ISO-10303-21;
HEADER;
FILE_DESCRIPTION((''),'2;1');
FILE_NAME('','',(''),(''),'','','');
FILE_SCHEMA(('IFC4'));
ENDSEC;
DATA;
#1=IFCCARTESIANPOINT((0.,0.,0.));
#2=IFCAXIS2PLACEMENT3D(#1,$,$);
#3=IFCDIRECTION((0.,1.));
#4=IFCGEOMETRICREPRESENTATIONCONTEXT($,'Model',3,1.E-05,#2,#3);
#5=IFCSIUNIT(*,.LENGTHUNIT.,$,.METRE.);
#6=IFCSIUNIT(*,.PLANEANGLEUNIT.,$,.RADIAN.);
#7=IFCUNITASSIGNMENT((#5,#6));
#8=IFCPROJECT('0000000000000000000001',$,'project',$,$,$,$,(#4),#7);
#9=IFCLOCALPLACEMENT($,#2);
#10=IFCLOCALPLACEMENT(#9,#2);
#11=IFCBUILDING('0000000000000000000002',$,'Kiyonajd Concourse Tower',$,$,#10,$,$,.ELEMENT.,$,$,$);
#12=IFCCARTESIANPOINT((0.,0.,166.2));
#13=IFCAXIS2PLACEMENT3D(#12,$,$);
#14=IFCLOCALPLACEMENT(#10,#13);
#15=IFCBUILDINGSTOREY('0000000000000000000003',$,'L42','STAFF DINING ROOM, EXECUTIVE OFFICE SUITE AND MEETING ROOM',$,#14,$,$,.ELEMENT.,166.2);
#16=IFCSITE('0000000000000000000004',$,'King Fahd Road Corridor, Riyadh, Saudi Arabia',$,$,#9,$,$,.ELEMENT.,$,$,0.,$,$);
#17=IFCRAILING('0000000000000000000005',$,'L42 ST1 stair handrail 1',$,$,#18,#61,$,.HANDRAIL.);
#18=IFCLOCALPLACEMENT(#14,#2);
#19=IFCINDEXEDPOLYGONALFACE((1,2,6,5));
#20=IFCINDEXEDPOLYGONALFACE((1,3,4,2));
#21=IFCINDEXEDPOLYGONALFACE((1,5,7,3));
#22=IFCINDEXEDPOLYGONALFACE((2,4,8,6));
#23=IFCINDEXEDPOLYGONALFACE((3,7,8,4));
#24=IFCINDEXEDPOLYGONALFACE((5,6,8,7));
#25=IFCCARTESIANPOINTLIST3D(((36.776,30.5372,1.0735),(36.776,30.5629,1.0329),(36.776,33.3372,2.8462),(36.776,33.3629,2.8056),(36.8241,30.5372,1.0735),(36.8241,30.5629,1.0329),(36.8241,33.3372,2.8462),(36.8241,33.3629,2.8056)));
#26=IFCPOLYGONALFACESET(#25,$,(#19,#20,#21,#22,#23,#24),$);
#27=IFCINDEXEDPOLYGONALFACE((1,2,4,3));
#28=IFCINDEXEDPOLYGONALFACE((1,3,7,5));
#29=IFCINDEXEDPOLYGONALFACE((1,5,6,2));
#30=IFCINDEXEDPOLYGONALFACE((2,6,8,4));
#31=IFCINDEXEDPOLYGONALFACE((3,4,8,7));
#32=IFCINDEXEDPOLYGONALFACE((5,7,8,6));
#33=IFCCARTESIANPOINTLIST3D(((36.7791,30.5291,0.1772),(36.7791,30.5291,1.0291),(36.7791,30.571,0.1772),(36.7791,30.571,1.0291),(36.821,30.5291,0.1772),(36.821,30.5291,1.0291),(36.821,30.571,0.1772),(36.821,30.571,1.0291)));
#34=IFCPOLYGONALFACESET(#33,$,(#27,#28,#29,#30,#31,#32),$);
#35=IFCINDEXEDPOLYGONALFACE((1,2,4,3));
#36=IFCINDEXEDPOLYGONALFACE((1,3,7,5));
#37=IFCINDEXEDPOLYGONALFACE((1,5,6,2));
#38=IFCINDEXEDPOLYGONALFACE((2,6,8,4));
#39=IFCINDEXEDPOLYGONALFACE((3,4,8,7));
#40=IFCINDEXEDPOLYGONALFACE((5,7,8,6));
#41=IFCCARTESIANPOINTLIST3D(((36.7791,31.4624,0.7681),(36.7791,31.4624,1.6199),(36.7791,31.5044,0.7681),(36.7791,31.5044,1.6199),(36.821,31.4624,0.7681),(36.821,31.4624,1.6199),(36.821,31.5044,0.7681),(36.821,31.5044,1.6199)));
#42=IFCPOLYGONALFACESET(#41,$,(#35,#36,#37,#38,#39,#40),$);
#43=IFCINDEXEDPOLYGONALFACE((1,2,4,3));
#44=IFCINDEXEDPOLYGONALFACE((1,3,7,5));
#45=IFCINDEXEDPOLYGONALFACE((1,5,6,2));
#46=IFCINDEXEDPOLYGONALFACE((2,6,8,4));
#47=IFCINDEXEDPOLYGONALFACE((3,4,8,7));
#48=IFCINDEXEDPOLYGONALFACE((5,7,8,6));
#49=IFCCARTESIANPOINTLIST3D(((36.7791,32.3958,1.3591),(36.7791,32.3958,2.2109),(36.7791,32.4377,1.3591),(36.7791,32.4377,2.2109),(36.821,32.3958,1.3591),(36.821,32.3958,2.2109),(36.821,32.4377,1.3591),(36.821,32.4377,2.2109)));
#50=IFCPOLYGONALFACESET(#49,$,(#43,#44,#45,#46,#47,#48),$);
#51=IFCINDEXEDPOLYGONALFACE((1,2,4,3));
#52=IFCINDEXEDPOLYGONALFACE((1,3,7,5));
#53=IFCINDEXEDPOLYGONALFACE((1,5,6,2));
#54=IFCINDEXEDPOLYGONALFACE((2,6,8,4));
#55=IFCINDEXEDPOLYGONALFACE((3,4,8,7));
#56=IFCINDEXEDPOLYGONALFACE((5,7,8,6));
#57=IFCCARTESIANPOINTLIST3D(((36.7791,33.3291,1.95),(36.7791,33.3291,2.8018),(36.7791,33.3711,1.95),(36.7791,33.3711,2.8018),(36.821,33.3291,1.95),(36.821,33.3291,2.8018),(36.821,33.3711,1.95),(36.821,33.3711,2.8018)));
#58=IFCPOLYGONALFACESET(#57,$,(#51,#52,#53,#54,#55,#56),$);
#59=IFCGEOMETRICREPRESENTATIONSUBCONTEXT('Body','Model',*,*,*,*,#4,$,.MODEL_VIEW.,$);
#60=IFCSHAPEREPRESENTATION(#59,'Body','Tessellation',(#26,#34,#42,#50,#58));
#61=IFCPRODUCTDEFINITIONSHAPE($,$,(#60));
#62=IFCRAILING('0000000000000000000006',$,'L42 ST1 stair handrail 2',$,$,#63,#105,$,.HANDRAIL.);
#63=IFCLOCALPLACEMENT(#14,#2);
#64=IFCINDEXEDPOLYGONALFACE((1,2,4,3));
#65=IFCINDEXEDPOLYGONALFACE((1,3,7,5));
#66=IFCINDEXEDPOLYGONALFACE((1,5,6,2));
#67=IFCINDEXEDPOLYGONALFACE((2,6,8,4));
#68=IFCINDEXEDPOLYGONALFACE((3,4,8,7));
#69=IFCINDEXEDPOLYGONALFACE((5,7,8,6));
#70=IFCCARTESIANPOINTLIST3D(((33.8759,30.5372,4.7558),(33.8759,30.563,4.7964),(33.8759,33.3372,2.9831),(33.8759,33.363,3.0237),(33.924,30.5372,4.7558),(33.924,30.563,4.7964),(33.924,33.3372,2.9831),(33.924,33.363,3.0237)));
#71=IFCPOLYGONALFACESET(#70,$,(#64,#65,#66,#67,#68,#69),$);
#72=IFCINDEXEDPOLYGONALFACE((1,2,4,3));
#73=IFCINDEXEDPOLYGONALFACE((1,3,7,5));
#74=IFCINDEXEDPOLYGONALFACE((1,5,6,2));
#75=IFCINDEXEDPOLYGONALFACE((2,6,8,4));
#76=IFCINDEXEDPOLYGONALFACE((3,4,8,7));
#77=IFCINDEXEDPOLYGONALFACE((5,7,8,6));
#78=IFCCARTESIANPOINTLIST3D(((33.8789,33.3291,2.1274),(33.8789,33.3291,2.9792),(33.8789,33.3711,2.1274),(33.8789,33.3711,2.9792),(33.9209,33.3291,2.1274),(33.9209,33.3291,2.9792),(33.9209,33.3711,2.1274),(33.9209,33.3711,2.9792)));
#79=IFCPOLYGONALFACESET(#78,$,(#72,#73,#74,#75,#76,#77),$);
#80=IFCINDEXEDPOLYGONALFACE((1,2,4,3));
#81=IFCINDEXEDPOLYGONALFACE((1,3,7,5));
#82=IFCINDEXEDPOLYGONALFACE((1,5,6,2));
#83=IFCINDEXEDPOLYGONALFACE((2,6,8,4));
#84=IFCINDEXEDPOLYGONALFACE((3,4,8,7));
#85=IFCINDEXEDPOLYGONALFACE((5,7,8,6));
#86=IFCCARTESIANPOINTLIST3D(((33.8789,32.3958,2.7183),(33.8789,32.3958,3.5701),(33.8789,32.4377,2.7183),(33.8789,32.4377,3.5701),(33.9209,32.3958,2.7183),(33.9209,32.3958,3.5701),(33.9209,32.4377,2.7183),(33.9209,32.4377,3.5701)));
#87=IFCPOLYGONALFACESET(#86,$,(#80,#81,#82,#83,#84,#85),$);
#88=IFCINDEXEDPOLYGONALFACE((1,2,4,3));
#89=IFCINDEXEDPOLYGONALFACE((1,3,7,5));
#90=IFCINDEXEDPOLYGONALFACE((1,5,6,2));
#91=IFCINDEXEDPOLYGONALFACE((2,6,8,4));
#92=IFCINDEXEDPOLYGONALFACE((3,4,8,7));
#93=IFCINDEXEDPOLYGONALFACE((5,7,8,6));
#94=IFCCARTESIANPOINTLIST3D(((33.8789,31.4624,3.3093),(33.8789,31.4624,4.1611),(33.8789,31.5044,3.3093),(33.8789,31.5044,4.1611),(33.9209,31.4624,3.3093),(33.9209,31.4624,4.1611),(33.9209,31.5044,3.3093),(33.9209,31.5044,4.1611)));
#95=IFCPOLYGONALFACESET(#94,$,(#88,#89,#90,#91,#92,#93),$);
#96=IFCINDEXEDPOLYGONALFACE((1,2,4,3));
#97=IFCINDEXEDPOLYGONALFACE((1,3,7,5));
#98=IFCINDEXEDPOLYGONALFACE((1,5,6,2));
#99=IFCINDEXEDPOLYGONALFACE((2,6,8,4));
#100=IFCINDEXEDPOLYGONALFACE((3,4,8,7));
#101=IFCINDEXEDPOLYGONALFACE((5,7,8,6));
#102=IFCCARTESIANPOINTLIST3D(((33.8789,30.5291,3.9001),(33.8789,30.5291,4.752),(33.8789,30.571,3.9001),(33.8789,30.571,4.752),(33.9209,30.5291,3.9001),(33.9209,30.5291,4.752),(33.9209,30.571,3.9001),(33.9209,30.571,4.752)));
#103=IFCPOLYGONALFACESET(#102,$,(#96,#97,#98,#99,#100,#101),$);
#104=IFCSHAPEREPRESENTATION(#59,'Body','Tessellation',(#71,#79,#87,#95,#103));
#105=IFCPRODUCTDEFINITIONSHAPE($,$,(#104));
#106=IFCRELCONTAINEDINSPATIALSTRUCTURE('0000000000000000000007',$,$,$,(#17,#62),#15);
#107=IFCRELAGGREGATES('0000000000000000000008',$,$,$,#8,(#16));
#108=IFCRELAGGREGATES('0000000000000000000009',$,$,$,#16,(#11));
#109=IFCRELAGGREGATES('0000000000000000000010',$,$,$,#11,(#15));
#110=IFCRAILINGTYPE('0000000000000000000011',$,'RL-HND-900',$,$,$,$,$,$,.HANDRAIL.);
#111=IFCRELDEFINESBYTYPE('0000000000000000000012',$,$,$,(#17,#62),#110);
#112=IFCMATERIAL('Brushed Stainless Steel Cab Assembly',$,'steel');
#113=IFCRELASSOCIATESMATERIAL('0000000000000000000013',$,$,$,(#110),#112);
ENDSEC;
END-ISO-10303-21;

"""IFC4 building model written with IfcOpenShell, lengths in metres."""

from ifc_helpers import new_model, si_unit, direction, frame, origin, origin_2d, place, context, subcontext, project, spatial, rectangle, extrude, material, type_object, element, save


model = new_model("IFC4")

# Units and contexts
model_context = context("Model", 3, precision=1e-05, world=origin(), true_north=direction((0.0, 1.0)))
body_context = subcontext(model_context, "Body", "Model", "MODEL_VIEW")
ifc_project = project(units=[si_unit("LENGTHUNIT", "METRE"), si_unit("PLANEANGLEUNIT", "RADIAN")], contexts=[model_context])

# Site, building, storey
site_placement = place(None, origin())
site = spatial("IfcSite", under=ifc_project, at=site_placement, Name="King Fahd Road Corridor, Riyadh, Saudi Arabia", CompositionType="ELEMENT", RefElevation=0.0)
building_placement = place(site_placement, origin())
building = spatial("IfcBuilding", under=site, at=building_placement, Name="Kiyonajd Concourse Tower", CompositionType="ELEMENT")
storey_placement = place(building_placement, frame((0.0, 0.0, 166.2)))
storey = spatial("IfcBuildingStorey", under=building, at=storey_placement, Name="L42", Description="STAFF DINING ROOM, EXECUTIVE OFFICE SUITE AND MEETING ROOM", CompositionType="ELEMENT", Elevation=166.2)

# Shared definitions
ifc_material_1 = material(Name="Brushed Stainless Steel Cab Assembly", Category="steel")

# Railings
railing_type_1 = type_object("IfcRailingType", Name="RL-HND-900", PredefinedType="HANDRAIL", material=ifc_material_1)
railing_1_placement = place(storey_placement, frame((36.8, 30.55, 0.1772)))
element("IfcRailing", 1, at=railing_1_placement, inside=storey, type_object=railing_type_1, Name="L42 ST1 stair handrail 1", PredefinedType="HANDRAIL", context=body_context, shape_type="SweptSolid", body=[
    extrude(rectangle(XDim=0.0481, YDim=0.0481, at=origin_2d()), frame((0.0, 0.0, 0.876), z_axis=(0.0, 0.844909, 0.53491), x_axis=(-1.0, 0.0, 0.0)), (0.0, 0.0, 1.0), 3.314),
    extrude(rectangle(XDim=0.042, YDim=0.042, at=origin_2d()), origin(), (0.0, 0.0, 1.0), 0.8518),
    extrude(rectangle(XDim=0.042, YDim=0.042, at=origin_2d()), frame((0.0, 0.9333, 0.5908)), (0.0, 0.0, 1.0), 0.8518),
    extrude(rectangle(XDim=0.042, YDim=0.042, at=origin_2d()), frame((0.0, 1.8667, 1.1819)), (0.0, 0.0, 1.0), 0.8518),
    extrude(rectangle(XDim=0.042, YDim=0.042, at=origin_2d()), frame((0.0, 2.8, 1.7727)), (0.0, 0.0, 1.0), 0.8518),
])
railing_2_placement = place(storey_placement, frame((33.8999, 33.3501, 2.1274)))
element("IfcRailing", 2, at=railing_2_placement, inside=storey, type_object=railing_type_1, Name="L42 ST1 stair handrail 2", PredefinedType="HANDRAIL", context=body_context, shape_type="SweptSolid", body=[
    extrude(rectangle(XDim=0.0481, YDim=0.0481, at=origin_2d()), frame((0.0, 0.0, 0.876), z_axis=(0.0, -0.844909, 0.53491), x_axis=(1.0, 0.0, 0.0)), (0.0, 0.0, 1.0), 3.314),
    extrude(rectangle(XDim=0.042, YDim=0.042, at=origin_2d()), origin(), (0.0, 0.0, 1.0), 0.8518),
    extrude(rectangle(XDim=0.042, YDim=0.042, at=origin_2d()), frame((0.0, -0.9333, 0.5908)), (0.0, 0.0, 1.0), 0.8518),
    extrude(rectangle(XDim=0.042, YDim=0.042, at=origin_2d()), frame((0.0, -1.8667, 1.1819)), (0.0, 0.0, 1.0), 0.8518),
    extrude(rectangle(XDim=0.042, YDim=0.042, at=origin_2d()), frame((0.0, -2.8, 1.7727)), (0.0, 0.0, 1.0), 0.8518),
])

save(model, "model.ifc")
